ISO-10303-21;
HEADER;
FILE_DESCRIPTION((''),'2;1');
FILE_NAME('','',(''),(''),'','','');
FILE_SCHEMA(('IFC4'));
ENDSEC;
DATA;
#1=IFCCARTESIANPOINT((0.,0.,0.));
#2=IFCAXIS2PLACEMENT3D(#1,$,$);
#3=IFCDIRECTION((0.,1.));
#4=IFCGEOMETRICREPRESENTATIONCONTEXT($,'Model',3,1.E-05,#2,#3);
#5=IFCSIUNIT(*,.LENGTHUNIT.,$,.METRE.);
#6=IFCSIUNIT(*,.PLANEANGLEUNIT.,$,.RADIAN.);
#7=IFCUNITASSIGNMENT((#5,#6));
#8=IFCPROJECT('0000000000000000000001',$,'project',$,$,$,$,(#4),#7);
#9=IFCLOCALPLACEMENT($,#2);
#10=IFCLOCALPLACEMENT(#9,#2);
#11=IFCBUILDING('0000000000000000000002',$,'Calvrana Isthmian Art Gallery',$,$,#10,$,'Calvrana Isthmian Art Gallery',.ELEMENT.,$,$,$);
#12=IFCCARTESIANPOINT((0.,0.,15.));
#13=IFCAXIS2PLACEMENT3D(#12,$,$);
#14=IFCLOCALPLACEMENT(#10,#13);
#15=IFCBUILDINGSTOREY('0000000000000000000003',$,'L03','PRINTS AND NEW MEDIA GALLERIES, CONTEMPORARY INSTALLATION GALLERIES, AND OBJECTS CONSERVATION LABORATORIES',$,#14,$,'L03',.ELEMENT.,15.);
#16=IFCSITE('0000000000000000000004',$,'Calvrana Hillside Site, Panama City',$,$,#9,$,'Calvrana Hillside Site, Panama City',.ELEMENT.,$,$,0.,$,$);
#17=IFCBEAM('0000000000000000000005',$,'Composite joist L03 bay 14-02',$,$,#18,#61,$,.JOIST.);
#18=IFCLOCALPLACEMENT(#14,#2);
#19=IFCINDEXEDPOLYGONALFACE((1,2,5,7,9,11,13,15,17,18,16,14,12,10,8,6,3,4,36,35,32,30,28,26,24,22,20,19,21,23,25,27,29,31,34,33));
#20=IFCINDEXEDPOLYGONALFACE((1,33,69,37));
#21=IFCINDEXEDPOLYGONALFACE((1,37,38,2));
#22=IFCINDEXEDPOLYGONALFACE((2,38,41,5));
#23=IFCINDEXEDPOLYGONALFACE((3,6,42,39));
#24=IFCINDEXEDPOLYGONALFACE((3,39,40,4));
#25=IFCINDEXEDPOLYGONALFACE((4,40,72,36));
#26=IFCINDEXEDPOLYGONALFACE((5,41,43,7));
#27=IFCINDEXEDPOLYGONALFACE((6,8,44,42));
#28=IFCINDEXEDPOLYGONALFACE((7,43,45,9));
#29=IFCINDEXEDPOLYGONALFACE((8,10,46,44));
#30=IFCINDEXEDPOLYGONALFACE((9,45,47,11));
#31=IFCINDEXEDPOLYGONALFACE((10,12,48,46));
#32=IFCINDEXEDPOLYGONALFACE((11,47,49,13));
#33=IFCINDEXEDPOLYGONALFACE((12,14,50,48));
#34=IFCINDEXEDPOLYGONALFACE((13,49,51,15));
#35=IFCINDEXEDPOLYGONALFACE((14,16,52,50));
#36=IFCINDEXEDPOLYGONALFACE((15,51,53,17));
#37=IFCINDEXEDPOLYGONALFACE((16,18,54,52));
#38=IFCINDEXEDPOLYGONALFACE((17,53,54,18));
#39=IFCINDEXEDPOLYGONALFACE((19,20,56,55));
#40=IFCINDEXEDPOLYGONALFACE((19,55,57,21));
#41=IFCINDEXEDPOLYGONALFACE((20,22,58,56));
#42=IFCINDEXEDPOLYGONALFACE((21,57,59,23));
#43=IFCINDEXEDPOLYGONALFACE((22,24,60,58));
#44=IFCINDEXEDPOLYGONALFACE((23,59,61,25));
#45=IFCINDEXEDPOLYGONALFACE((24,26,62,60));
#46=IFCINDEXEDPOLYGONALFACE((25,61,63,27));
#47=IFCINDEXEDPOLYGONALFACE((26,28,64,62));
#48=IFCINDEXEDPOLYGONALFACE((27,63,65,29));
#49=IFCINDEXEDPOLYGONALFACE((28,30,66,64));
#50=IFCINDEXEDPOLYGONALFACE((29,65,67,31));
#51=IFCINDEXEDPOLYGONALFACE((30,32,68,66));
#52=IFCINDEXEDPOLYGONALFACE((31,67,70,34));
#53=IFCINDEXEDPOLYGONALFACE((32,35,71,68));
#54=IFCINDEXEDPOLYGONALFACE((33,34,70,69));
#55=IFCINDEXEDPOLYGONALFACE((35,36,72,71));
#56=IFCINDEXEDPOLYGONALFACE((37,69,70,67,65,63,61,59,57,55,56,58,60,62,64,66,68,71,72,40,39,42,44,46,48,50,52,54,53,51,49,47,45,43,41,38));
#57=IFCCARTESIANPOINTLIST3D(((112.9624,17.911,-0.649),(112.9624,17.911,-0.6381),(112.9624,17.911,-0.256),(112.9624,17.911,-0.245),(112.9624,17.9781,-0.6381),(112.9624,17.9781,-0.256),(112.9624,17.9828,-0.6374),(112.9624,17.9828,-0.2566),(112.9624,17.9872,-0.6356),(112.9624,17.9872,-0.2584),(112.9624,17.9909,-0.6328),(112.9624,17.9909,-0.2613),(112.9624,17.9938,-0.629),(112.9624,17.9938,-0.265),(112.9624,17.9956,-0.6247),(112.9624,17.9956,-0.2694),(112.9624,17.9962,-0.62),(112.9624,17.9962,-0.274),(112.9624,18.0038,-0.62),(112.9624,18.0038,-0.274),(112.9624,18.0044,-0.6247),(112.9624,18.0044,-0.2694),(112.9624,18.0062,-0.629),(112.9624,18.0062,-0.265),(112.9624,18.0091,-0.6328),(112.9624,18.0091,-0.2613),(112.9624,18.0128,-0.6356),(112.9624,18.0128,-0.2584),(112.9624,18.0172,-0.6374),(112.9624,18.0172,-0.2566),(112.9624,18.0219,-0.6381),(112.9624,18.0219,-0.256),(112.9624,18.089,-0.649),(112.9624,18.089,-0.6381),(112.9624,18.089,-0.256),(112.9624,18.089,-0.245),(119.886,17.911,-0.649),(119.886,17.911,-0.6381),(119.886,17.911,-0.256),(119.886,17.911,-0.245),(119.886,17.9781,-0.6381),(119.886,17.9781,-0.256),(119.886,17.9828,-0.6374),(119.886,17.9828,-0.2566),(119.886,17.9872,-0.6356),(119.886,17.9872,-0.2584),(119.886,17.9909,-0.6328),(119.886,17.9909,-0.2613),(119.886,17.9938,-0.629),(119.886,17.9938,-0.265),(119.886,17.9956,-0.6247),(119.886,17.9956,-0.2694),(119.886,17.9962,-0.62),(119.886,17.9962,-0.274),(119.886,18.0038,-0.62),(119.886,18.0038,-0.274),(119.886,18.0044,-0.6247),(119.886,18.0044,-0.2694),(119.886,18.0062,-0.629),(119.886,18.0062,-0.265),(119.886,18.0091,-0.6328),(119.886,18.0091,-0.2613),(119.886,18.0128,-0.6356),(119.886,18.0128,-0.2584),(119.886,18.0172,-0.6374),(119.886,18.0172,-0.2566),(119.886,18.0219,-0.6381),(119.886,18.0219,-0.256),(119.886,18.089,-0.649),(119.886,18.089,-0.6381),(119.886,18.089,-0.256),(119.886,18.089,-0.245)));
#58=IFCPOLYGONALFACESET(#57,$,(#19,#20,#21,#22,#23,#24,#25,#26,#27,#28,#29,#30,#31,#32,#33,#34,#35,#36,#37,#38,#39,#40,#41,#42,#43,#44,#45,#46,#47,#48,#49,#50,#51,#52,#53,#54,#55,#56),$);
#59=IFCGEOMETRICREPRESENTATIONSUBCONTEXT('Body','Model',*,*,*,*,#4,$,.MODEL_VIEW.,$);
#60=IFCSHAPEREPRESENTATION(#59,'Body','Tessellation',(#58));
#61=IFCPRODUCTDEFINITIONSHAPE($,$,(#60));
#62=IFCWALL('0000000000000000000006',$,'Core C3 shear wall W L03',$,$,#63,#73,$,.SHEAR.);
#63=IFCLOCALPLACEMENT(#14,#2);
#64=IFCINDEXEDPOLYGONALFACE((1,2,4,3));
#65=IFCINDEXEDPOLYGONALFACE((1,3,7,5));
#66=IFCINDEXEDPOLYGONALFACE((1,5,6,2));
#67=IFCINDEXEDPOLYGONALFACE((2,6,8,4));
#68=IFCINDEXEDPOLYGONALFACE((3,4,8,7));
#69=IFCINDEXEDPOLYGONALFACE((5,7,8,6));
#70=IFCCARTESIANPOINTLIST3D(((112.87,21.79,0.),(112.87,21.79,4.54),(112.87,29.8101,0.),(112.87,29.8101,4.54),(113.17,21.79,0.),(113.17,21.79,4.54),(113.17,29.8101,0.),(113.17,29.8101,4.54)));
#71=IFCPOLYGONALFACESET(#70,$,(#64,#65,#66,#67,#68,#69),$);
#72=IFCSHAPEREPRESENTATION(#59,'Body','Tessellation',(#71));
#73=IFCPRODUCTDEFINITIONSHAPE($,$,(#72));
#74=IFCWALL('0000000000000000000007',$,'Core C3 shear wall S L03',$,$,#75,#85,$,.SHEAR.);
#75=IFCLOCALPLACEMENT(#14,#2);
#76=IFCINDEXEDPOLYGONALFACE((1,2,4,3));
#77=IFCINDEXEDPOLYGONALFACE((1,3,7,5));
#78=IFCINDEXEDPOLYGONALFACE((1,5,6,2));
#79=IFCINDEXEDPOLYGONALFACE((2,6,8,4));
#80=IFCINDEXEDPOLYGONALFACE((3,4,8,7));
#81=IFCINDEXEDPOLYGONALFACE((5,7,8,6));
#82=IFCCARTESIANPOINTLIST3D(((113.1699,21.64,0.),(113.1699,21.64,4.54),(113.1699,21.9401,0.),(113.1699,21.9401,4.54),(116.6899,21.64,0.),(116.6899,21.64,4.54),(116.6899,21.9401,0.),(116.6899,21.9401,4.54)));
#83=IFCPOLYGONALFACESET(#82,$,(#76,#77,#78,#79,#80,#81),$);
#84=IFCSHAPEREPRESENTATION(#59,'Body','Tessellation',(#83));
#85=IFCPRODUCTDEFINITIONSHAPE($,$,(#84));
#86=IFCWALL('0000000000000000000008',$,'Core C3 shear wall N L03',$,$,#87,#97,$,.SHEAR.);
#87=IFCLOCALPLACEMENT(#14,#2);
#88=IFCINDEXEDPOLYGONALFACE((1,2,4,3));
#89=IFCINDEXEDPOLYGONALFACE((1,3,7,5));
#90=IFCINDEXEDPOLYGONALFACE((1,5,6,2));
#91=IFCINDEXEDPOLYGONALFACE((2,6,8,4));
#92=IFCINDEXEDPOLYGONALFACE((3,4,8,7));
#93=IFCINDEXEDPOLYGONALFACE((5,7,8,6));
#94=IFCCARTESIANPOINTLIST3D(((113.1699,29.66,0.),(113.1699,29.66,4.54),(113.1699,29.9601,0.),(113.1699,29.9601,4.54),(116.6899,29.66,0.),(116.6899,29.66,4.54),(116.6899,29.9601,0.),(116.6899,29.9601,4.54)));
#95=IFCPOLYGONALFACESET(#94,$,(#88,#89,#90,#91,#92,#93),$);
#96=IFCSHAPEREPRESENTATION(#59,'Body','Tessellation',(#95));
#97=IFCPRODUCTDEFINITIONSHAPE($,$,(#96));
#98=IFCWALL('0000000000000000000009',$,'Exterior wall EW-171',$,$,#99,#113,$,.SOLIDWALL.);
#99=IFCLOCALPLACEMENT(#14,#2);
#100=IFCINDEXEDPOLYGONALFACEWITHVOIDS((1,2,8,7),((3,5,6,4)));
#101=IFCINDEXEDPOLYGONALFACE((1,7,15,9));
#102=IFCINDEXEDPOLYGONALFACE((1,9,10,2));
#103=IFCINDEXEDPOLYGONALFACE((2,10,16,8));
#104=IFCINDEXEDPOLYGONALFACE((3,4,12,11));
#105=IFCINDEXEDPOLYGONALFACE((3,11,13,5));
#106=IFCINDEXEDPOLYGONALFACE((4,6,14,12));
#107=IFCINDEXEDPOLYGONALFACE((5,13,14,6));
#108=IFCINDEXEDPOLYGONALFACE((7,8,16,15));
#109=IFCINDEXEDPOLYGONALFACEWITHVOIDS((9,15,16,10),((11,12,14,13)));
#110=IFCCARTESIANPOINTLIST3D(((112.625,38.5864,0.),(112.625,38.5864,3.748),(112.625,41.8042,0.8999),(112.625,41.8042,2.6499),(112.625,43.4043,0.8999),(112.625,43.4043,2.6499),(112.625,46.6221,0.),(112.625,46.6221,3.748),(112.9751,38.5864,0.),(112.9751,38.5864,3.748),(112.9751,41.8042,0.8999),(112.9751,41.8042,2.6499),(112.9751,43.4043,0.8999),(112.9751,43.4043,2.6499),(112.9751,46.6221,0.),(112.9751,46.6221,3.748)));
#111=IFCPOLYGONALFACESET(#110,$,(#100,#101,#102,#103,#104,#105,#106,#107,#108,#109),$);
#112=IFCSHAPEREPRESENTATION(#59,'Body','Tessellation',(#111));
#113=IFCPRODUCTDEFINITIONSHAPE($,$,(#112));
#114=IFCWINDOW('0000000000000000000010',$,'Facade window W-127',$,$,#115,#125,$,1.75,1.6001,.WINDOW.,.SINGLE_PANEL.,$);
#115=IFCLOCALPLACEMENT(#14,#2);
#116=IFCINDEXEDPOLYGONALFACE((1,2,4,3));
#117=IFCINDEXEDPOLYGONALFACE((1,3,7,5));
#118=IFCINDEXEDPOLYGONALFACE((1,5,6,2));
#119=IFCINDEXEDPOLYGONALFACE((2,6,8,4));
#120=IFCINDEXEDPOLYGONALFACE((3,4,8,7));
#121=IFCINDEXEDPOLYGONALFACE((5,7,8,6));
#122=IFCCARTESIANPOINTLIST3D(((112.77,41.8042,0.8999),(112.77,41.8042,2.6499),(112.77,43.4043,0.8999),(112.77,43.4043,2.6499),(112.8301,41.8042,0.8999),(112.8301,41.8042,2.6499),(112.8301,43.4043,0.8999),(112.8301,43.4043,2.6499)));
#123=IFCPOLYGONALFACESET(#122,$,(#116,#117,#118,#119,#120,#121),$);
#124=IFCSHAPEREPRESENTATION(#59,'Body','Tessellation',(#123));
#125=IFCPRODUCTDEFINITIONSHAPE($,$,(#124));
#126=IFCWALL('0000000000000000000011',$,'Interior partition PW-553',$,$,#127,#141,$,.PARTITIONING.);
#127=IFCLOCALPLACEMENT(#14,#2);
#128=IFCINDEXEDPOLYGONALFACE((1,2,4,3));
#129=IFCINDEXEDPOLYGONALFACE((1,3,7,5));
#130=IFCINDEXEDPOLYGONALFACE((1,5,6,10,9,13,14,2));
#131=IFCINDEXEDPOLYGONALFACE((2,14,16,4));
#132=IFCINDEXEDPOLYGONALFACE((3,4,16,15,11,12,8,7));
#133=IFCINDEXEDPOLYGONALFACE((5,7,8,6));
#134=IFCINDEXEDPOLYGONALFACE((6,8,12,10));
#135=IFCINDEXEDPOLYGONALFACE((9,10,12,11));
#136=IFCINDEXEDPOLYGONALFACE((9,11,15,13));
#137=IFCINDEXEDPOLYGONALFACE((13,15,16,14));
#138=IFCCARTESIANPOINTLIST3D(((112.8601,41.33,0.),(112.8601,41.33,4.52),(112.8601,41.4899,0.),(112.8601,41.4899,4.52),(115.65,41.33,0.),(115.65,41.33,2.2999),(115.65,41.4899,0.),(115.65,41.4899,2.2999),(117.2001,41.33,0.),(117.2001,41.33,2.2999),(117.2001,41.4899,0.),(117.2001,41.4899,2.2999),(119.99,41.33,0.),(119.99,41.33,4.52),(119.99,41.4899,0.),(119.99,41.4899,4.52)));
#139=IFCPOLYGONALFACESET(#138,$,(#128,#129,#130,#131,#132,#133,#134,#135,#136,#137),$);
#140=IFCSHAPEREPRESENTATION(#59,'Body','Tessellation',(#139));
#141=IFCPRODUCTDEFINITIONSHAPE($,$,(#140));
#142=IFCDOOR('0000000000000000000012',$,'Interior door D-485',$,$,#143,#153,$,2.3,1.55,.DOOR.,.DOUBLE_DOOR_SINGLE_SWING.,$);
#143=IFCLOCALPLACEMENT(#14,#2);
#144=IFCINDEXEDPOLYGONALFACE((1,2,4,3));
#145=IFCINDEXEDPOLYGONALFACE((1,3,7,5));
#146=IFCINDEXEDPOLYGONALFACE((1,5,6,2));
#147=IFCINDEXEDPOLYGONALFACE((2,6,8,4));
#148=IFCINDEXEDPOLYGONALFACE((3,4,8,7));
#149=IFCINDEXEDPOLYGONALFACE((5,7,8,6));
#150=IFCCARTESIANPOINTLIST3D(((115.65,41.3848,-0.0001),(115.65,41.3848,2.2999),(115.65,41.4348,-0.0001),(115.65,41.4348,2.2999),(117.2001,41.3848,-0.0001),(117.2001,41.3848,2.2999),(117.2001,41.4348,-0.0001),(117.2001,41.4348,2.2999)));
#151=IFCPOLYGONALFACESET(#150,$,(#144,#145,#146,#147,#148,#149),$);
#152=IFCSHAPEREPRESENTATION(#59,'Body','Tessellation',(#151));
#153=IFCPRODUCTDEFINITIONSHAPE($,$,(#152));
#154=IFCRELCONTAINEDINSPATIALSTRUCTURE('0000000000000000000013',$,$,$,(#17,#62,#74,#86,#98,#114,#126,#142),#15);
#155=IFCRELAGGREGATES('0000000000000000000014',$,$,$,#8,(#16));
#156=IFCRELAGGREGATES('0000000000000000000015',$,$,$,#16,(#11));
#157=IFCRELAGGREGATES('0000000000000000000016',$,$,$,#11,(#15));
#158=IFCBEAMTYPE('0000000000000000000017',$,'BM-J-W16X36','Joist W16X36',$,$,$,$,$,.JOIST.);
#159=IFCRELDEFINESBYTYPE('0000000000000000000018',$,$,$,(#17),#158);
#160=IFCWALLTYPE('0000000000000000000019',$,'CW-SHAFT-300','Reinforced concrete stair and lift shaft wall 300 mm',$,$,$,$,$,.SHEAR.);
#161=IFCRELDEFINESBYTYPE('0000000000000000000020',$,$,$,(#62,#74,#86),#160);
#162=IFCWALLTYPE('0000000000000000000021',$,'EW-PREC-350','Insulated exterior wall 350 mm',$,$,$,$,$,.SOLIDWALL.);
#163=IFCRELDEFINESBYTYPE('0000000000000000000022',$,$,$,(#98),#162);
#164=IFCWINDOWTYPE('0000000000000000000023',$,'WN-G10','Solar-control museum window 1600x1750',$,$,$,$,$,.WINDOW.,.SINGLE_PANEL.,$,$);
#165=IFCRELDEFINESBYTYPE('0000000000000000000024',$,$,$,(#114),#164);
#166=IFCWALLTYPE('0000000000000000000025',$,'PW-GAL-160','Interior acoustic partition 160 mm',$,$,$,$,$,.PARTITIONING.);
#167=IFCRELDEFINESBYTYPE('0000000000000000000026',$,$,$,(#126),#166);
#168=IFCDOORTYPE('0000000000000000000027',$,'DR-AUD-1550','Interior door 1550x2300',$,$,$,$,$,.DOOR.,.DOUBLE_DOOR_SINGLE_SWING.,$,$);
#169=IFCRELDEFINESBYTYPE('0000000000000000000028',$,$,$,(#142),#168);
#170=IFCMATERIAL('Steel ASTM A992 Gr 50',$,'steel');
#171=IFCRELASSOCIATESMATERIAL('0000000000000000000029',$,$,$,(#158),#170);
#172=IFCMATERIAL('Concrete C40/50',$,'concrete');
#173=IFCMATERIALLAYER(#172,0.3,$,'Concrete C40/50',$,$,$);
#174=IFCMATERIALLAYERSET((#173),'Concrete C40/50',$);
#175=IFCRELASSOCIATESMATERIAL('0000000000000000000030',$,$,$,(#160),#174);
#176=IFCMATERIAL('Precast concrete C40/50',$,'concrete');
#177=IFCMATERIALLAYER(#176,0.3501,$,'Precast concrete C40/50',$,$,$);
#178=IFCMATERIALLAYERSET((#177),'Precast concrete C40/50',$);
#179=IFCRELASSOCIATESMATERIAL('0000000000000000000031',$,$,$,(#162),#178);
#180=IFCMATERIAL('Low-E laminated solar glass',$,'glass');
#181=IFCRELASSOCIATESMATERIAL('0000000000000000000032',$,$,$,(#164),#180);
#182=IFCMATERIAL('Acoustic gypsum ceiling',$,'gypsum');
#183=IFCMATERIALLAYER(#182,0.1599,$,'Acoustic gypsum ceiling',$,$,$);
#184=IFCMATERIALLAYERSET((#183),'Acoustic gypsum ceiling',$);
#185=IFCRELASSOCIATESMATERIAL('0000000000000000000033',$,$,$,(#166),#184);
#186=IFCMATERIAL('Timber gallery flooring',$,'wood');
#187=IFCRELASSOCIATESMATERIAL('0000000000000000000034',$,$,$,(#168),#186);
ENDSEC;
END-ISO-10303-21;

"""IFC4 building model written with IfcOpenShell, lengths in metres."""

from ifc_helpers import new_model, si_unit, direction, frame, frame_2d, origin, origin_2d, place, context, subcontext, project, spatial, rectangle, i_section, extrude, material, layer, layer_set, material_profile, profile_set, type_object, element, fill, save


model = new_model("IFC4")

# Units and contexts
model_context = context("Model", 3, precision=1e-05, world=origin(), true_north=direction((0.0, 1.0)))
body_context = subcontext(model_context, "Body", "Model", "MODEL_VIEW")
ifc_project = project(units=[si_unit("LENGTHUNIT", "METRE"), si_unit("PLANEANGLEUNIT", "RADIAN")], contexts=[model_context])

# Site, building, storey
site_placement = place(None, origin())
site = spatial("IfcSite", under=ifc_project, at=site_placement, Name="Calvrana Hillside Site, Panama City", LongName="Calvrana Hillside Site, Panama City", CompositionType="ELEMENT", RefElevation=0.0)
building_placement = place(site_placement, origin())
building = spatial("IfcBuilding", under=site, at=building_placement, Name="Calvrana Isthmian Art Gallery", LongName="Calvrana Isthmian Art Gallery", CompositionType="ELEMENT")
storey_placement = place(building_placement, frame((0.0, 0.0, 15.0)))
storey = spatial("IfcBuildingStorey", under=building, at=storey_placement, Name="L03", Description="PRINTS AND NEW MEDIA GALLERIES, CONTEMPORARY INSTALLATION GALLERIES, AND OBJECTS CONSERVATION LABORATORIES", LongName="L03", CompositionType="ELEMENT", Elevation=15.0)

# Shared definitions
ifc_material_1 = material(Name="Steel ASTM A992 Gr 50", Category="steel")

# Beam
ifc_material_profile_1 = material_profile(ifc_material_1, i_section(OverallWidth=0.178, OverallDepth=0.4041, WebThickness=0.0076, FlangeThickness=0.011, FilletRadius=0.0181, at=origin_2d()), Name="W16X36")
ifc_profile_set_1 = profile_set([ifc_material_profile_1], Name="Steel ASTM A992 Gr 50")
beam_type_1 = type_object("IfcBeamType", Name="BM-J-W16X36", Description="Joist W16X36", PredefinedType="JOIST", material=ifc_profile_set_1)
beam_1_placement = place(storey_placement, frame((112.9624, 18.0, -0.447), z_axis=(1.0, 0.0, 0.0), x_axis=(0.0, 1.0, 0.0)))
element("IfcBeam", 1, at=beam_1_placement, inside=storey, type_object=beam_type_1, Name="Composite joist L03 bay 14-02", PredefinedType="JOIST", context=body_context, shape_type="SweptSolid", body=[
    extrude(i_section(OverallWidth=0.178, OverallDepth=0.4041, WebThickness=0.0076, FlangeThickness=0.011, FilletRadius=0.0181, at=origin_2d()), origin(), (0.0, 0.0, 1.0), 6.9236),
])

# Walls
ifc_material_2 = material(Name="Concrete C40/50", Category="concrete")
ifc_layer_1 = layer(ifc_material_2, 0.3, Name="Concrete C40/50")
ifc_layer_set_1 = layer_set([ifc_layer_1], Name="Concrete C40/50")
wall_type_1 = type_object("IfcWallType", Name="CW-SHAFT-300", Description="Reinforced concrete stair and lift shaft wall 300 mm", PredefinedType="SHEAR", material=ifc_layer_set_1)
wall_1_placement = place(storey_placement, frame((113.02, 21.79, 0.0), z_axis=(0.0, 0.0, 1.0), x_axis=(0.0, 1.0, 0.0)))
element("IfcWall", 2, at=wall_1_placement, inside=storey, type_object=wall_type_1, Name="Core C3 shear wall W L03", PredefinedType="SHEAR", context=body_context, shape_type="SweptSolid", body=[
    extrude(rectangle(XDim=8.02, YDim=0.3, at=frame_2d((4.01, 0.0))), origin(), (0.0, 0.0, 1.0), 4.54),
])
for number, where, z_axis, x_axis, name in (
    (3, (113.1699, 21.79, 0.0), (0.0, 0.0, 1.0), (1.0, 0.0, 0.0), "Core C3 shear wall S L03"),
    (4, (113.1699, 29.8101, 0.0), (0.0, 0.0, 1.0), (1.0, 0.0, 0.0), "Core C3 shear wall N L03"),
):
    element("IfcWall", number, at=place(storey_placement, frame(where, z_axis=z_axis, x_axis=x_axis)), inside=storey, type_object=wall_type_1, Name=name, PredefinedType="SHEAR", context=body_context, shape_type="SweptSolid", body=[
        extrude(rectangle(XDim=3.52, YDim=0.3, at=frame_2d((1.76, 0.0))), origin(), (0.0, 0.0, 1.0), 4.54),
    ])

# Wall, opening, window
ifc_material_3 = material(Name="Precast concrete C40/50", Category="concrete")
ifc_layer_2 = layer(ifc_material_3, 0.3501, Name="Precast concrete C40/50")
ifc_layer_set_2 = layer_set([ifc_layer_2], Name="Precast concrete C40/50")
wall_type_2 = type_object("IfcWallType", Name="EW-PREC-350", Description="Insulated exterior wall 350 mm", PredefinedType="SOLIDWALL", material=ifc_layer_set_2)
wall_2_placement = place(storey_placement, frame((112.8, 38.5864, 0.0), z_axis=(0.0, 0.0, 1.0), x_axis=(0.0, 1.0, 0.0)))
wall_2 = element("IfcWall", 5, at=wall_2_placement, inside=storey, type_object=wall_type_2, Name="Exterior wall EW-171", PredefinedType="SOLIDWALL", context=body_context, shape_type="SweptSolid", body=[
    extrude(rectangle(XDim=8.0356, YDim=0.3501, at=frame_2d((4.0178, 0.0))), origin(), (0.0, 0.0, 1.0), 3.748),
])
opening_1_placement = place(wall_2_placement, frame((3.2178, 0.0, 0.8999)))
opening_1 = element("IfcOpeningElement", 6, at=opening_1_placement, cuts=wall_2, PredefinedType="OPENING", context=body_context, shape_type="SweptSolid", body=[
    extrude(rectangle(XDim=1.6001, YDim=1.75, at=frame_2d((0.8, 0.875))), frame((0.0, 0.1853, 0.0), z_axis=(0.0, -1.0, 0.0), x_axis=(1.0, 0.0, 0.0)), (0.0, 0.0, 1.0), 0.3706),
])
ifc_material_4 = material(Name="Low-E laminated solar glass", Category="glass")
window_type = type_object("IfcWindowType", Name="WN-G10", Description="Solar-control museum window 1600x1750", PartitioningType="SINGLE_PANEL", PredefinedType="WINDOW", material=ifc_material_4)
window_placement = place(opening_1_placement, origin())
window = element("IfcWindow", 7, at=window_placement, inside=storey, type_object=window_type, Name="Facade window W-127", OverallHeight=1.75, OverallWidth=1.6001, PartitioningType="SINGLE_PANEL", PredefinedType="WINDOW", context=body_context, shape_type="SweptSolid", body=[
    extrude(rectangle(XDim=1.6001, YDim=1.75, at=frame_2d((0.8, 0.875))), frame((0.0, 0.03, 0.0), z_axis=(0.0, -1.0, 0.0), x_axis=(1.0, 0.0, 0.0)), (0.0, 0.0, 1.0), 0.0601),
])
fill(opening_1, window)

# Wall, opening, door
ifc_material_5 = material(Name="Acoustic gypsum ceiling", Category="gypsum")
ifc_layer_3 = layer(ifc_material_5, 0.1599, Name="Acoustic gypsum ceiling")
ifc_layer_set_3 = layer_set([ifc_layer_3], Name="Acoustic gypsum ceiling")
wall_type_3 = type_object("IfcWallType", Name="PW-GAL-160", Description="Interior acoustic partition 160 mm", PredefinedType="PARTITIONING", material=ifc_layer_set_3)
wall_3_placement = place(storey_placement, frame((112.8601, 41.4099, 0.0), z_axis=(0.0, 0.0, 1.0), x_axis=(1.0, 0.0, 0.0)))
wall_3 = element("IfcWall", 8, at=wall_3_placement, inside=storey, type_object=wall_type_3, Name="Interior partition PW-553", PredefinedType="PARTITIONING", context=body_context, shape_type="SweptSolid", body=[
    extrude(rectangle(XDim=7.1299, YDim=0.1599, at=frame_2d((3.5649, 0.0))), origin(), (0.0, 0.0, 1.0), 4.52),
])
opening_2_placement = place(wall_3_placement, frame((2.79, 0.0, 0.0)))
opening_2 = element("IfcOpeningElement", 9, at=opening_2_placement, cuts=wall_3, PredefinedType="OPENING", context=body_context, shape_type="SweptSolid", body=[
    extrude(rectangle(XDim=1.55, YDim=2.3, at=frame_2d((0.7749, 1.1499))), frame((0.0, 0.0903, 0.0), z_axis=(0.0, -1.0, 0.0), x_axis=(1.0, 0.0, 0.0)), (0.0, 0.0, 1.0), 0.1804),
])
ifc_material_6 = material(Name="Timber gallery flooring", Category="wood")
door_type = type_object("IfcDoorType", Name="DR-AUD-1550", Description="Interior door 1550x2300", OperationType="DOUBLE_DOOR_SINGLE_SWING", PredefinedType="DOOR", material=ifc_material_6)
door_placement = place(opening_2_placement, origin())
door = element("IfcDoor", 10, at=door_placement, inside=storey, type_object=door_type, Name="Interior door D-485", OperationType="DOUBLE_DOOR_SINGLE_SWING", OverallHeight=2.3, OverallWidth=1.55, PredefinedType="DOOR", context=body_context, shape_type="SweptSolid", body=[
    extrude(rectangle(XDim=1.55, YDim=2.3, at=frame_2d((0.7749, 1.1499))), frame((0.0, 0.0249, 0.0), z_axis=(0.0, -1.0, 0.0), x_axis=(1.0, 0.0, 0.0)), (0.0, 0.0, 1.0), 0.05),
])
fill(opening_2, door)

save(model, "model.ifc")
